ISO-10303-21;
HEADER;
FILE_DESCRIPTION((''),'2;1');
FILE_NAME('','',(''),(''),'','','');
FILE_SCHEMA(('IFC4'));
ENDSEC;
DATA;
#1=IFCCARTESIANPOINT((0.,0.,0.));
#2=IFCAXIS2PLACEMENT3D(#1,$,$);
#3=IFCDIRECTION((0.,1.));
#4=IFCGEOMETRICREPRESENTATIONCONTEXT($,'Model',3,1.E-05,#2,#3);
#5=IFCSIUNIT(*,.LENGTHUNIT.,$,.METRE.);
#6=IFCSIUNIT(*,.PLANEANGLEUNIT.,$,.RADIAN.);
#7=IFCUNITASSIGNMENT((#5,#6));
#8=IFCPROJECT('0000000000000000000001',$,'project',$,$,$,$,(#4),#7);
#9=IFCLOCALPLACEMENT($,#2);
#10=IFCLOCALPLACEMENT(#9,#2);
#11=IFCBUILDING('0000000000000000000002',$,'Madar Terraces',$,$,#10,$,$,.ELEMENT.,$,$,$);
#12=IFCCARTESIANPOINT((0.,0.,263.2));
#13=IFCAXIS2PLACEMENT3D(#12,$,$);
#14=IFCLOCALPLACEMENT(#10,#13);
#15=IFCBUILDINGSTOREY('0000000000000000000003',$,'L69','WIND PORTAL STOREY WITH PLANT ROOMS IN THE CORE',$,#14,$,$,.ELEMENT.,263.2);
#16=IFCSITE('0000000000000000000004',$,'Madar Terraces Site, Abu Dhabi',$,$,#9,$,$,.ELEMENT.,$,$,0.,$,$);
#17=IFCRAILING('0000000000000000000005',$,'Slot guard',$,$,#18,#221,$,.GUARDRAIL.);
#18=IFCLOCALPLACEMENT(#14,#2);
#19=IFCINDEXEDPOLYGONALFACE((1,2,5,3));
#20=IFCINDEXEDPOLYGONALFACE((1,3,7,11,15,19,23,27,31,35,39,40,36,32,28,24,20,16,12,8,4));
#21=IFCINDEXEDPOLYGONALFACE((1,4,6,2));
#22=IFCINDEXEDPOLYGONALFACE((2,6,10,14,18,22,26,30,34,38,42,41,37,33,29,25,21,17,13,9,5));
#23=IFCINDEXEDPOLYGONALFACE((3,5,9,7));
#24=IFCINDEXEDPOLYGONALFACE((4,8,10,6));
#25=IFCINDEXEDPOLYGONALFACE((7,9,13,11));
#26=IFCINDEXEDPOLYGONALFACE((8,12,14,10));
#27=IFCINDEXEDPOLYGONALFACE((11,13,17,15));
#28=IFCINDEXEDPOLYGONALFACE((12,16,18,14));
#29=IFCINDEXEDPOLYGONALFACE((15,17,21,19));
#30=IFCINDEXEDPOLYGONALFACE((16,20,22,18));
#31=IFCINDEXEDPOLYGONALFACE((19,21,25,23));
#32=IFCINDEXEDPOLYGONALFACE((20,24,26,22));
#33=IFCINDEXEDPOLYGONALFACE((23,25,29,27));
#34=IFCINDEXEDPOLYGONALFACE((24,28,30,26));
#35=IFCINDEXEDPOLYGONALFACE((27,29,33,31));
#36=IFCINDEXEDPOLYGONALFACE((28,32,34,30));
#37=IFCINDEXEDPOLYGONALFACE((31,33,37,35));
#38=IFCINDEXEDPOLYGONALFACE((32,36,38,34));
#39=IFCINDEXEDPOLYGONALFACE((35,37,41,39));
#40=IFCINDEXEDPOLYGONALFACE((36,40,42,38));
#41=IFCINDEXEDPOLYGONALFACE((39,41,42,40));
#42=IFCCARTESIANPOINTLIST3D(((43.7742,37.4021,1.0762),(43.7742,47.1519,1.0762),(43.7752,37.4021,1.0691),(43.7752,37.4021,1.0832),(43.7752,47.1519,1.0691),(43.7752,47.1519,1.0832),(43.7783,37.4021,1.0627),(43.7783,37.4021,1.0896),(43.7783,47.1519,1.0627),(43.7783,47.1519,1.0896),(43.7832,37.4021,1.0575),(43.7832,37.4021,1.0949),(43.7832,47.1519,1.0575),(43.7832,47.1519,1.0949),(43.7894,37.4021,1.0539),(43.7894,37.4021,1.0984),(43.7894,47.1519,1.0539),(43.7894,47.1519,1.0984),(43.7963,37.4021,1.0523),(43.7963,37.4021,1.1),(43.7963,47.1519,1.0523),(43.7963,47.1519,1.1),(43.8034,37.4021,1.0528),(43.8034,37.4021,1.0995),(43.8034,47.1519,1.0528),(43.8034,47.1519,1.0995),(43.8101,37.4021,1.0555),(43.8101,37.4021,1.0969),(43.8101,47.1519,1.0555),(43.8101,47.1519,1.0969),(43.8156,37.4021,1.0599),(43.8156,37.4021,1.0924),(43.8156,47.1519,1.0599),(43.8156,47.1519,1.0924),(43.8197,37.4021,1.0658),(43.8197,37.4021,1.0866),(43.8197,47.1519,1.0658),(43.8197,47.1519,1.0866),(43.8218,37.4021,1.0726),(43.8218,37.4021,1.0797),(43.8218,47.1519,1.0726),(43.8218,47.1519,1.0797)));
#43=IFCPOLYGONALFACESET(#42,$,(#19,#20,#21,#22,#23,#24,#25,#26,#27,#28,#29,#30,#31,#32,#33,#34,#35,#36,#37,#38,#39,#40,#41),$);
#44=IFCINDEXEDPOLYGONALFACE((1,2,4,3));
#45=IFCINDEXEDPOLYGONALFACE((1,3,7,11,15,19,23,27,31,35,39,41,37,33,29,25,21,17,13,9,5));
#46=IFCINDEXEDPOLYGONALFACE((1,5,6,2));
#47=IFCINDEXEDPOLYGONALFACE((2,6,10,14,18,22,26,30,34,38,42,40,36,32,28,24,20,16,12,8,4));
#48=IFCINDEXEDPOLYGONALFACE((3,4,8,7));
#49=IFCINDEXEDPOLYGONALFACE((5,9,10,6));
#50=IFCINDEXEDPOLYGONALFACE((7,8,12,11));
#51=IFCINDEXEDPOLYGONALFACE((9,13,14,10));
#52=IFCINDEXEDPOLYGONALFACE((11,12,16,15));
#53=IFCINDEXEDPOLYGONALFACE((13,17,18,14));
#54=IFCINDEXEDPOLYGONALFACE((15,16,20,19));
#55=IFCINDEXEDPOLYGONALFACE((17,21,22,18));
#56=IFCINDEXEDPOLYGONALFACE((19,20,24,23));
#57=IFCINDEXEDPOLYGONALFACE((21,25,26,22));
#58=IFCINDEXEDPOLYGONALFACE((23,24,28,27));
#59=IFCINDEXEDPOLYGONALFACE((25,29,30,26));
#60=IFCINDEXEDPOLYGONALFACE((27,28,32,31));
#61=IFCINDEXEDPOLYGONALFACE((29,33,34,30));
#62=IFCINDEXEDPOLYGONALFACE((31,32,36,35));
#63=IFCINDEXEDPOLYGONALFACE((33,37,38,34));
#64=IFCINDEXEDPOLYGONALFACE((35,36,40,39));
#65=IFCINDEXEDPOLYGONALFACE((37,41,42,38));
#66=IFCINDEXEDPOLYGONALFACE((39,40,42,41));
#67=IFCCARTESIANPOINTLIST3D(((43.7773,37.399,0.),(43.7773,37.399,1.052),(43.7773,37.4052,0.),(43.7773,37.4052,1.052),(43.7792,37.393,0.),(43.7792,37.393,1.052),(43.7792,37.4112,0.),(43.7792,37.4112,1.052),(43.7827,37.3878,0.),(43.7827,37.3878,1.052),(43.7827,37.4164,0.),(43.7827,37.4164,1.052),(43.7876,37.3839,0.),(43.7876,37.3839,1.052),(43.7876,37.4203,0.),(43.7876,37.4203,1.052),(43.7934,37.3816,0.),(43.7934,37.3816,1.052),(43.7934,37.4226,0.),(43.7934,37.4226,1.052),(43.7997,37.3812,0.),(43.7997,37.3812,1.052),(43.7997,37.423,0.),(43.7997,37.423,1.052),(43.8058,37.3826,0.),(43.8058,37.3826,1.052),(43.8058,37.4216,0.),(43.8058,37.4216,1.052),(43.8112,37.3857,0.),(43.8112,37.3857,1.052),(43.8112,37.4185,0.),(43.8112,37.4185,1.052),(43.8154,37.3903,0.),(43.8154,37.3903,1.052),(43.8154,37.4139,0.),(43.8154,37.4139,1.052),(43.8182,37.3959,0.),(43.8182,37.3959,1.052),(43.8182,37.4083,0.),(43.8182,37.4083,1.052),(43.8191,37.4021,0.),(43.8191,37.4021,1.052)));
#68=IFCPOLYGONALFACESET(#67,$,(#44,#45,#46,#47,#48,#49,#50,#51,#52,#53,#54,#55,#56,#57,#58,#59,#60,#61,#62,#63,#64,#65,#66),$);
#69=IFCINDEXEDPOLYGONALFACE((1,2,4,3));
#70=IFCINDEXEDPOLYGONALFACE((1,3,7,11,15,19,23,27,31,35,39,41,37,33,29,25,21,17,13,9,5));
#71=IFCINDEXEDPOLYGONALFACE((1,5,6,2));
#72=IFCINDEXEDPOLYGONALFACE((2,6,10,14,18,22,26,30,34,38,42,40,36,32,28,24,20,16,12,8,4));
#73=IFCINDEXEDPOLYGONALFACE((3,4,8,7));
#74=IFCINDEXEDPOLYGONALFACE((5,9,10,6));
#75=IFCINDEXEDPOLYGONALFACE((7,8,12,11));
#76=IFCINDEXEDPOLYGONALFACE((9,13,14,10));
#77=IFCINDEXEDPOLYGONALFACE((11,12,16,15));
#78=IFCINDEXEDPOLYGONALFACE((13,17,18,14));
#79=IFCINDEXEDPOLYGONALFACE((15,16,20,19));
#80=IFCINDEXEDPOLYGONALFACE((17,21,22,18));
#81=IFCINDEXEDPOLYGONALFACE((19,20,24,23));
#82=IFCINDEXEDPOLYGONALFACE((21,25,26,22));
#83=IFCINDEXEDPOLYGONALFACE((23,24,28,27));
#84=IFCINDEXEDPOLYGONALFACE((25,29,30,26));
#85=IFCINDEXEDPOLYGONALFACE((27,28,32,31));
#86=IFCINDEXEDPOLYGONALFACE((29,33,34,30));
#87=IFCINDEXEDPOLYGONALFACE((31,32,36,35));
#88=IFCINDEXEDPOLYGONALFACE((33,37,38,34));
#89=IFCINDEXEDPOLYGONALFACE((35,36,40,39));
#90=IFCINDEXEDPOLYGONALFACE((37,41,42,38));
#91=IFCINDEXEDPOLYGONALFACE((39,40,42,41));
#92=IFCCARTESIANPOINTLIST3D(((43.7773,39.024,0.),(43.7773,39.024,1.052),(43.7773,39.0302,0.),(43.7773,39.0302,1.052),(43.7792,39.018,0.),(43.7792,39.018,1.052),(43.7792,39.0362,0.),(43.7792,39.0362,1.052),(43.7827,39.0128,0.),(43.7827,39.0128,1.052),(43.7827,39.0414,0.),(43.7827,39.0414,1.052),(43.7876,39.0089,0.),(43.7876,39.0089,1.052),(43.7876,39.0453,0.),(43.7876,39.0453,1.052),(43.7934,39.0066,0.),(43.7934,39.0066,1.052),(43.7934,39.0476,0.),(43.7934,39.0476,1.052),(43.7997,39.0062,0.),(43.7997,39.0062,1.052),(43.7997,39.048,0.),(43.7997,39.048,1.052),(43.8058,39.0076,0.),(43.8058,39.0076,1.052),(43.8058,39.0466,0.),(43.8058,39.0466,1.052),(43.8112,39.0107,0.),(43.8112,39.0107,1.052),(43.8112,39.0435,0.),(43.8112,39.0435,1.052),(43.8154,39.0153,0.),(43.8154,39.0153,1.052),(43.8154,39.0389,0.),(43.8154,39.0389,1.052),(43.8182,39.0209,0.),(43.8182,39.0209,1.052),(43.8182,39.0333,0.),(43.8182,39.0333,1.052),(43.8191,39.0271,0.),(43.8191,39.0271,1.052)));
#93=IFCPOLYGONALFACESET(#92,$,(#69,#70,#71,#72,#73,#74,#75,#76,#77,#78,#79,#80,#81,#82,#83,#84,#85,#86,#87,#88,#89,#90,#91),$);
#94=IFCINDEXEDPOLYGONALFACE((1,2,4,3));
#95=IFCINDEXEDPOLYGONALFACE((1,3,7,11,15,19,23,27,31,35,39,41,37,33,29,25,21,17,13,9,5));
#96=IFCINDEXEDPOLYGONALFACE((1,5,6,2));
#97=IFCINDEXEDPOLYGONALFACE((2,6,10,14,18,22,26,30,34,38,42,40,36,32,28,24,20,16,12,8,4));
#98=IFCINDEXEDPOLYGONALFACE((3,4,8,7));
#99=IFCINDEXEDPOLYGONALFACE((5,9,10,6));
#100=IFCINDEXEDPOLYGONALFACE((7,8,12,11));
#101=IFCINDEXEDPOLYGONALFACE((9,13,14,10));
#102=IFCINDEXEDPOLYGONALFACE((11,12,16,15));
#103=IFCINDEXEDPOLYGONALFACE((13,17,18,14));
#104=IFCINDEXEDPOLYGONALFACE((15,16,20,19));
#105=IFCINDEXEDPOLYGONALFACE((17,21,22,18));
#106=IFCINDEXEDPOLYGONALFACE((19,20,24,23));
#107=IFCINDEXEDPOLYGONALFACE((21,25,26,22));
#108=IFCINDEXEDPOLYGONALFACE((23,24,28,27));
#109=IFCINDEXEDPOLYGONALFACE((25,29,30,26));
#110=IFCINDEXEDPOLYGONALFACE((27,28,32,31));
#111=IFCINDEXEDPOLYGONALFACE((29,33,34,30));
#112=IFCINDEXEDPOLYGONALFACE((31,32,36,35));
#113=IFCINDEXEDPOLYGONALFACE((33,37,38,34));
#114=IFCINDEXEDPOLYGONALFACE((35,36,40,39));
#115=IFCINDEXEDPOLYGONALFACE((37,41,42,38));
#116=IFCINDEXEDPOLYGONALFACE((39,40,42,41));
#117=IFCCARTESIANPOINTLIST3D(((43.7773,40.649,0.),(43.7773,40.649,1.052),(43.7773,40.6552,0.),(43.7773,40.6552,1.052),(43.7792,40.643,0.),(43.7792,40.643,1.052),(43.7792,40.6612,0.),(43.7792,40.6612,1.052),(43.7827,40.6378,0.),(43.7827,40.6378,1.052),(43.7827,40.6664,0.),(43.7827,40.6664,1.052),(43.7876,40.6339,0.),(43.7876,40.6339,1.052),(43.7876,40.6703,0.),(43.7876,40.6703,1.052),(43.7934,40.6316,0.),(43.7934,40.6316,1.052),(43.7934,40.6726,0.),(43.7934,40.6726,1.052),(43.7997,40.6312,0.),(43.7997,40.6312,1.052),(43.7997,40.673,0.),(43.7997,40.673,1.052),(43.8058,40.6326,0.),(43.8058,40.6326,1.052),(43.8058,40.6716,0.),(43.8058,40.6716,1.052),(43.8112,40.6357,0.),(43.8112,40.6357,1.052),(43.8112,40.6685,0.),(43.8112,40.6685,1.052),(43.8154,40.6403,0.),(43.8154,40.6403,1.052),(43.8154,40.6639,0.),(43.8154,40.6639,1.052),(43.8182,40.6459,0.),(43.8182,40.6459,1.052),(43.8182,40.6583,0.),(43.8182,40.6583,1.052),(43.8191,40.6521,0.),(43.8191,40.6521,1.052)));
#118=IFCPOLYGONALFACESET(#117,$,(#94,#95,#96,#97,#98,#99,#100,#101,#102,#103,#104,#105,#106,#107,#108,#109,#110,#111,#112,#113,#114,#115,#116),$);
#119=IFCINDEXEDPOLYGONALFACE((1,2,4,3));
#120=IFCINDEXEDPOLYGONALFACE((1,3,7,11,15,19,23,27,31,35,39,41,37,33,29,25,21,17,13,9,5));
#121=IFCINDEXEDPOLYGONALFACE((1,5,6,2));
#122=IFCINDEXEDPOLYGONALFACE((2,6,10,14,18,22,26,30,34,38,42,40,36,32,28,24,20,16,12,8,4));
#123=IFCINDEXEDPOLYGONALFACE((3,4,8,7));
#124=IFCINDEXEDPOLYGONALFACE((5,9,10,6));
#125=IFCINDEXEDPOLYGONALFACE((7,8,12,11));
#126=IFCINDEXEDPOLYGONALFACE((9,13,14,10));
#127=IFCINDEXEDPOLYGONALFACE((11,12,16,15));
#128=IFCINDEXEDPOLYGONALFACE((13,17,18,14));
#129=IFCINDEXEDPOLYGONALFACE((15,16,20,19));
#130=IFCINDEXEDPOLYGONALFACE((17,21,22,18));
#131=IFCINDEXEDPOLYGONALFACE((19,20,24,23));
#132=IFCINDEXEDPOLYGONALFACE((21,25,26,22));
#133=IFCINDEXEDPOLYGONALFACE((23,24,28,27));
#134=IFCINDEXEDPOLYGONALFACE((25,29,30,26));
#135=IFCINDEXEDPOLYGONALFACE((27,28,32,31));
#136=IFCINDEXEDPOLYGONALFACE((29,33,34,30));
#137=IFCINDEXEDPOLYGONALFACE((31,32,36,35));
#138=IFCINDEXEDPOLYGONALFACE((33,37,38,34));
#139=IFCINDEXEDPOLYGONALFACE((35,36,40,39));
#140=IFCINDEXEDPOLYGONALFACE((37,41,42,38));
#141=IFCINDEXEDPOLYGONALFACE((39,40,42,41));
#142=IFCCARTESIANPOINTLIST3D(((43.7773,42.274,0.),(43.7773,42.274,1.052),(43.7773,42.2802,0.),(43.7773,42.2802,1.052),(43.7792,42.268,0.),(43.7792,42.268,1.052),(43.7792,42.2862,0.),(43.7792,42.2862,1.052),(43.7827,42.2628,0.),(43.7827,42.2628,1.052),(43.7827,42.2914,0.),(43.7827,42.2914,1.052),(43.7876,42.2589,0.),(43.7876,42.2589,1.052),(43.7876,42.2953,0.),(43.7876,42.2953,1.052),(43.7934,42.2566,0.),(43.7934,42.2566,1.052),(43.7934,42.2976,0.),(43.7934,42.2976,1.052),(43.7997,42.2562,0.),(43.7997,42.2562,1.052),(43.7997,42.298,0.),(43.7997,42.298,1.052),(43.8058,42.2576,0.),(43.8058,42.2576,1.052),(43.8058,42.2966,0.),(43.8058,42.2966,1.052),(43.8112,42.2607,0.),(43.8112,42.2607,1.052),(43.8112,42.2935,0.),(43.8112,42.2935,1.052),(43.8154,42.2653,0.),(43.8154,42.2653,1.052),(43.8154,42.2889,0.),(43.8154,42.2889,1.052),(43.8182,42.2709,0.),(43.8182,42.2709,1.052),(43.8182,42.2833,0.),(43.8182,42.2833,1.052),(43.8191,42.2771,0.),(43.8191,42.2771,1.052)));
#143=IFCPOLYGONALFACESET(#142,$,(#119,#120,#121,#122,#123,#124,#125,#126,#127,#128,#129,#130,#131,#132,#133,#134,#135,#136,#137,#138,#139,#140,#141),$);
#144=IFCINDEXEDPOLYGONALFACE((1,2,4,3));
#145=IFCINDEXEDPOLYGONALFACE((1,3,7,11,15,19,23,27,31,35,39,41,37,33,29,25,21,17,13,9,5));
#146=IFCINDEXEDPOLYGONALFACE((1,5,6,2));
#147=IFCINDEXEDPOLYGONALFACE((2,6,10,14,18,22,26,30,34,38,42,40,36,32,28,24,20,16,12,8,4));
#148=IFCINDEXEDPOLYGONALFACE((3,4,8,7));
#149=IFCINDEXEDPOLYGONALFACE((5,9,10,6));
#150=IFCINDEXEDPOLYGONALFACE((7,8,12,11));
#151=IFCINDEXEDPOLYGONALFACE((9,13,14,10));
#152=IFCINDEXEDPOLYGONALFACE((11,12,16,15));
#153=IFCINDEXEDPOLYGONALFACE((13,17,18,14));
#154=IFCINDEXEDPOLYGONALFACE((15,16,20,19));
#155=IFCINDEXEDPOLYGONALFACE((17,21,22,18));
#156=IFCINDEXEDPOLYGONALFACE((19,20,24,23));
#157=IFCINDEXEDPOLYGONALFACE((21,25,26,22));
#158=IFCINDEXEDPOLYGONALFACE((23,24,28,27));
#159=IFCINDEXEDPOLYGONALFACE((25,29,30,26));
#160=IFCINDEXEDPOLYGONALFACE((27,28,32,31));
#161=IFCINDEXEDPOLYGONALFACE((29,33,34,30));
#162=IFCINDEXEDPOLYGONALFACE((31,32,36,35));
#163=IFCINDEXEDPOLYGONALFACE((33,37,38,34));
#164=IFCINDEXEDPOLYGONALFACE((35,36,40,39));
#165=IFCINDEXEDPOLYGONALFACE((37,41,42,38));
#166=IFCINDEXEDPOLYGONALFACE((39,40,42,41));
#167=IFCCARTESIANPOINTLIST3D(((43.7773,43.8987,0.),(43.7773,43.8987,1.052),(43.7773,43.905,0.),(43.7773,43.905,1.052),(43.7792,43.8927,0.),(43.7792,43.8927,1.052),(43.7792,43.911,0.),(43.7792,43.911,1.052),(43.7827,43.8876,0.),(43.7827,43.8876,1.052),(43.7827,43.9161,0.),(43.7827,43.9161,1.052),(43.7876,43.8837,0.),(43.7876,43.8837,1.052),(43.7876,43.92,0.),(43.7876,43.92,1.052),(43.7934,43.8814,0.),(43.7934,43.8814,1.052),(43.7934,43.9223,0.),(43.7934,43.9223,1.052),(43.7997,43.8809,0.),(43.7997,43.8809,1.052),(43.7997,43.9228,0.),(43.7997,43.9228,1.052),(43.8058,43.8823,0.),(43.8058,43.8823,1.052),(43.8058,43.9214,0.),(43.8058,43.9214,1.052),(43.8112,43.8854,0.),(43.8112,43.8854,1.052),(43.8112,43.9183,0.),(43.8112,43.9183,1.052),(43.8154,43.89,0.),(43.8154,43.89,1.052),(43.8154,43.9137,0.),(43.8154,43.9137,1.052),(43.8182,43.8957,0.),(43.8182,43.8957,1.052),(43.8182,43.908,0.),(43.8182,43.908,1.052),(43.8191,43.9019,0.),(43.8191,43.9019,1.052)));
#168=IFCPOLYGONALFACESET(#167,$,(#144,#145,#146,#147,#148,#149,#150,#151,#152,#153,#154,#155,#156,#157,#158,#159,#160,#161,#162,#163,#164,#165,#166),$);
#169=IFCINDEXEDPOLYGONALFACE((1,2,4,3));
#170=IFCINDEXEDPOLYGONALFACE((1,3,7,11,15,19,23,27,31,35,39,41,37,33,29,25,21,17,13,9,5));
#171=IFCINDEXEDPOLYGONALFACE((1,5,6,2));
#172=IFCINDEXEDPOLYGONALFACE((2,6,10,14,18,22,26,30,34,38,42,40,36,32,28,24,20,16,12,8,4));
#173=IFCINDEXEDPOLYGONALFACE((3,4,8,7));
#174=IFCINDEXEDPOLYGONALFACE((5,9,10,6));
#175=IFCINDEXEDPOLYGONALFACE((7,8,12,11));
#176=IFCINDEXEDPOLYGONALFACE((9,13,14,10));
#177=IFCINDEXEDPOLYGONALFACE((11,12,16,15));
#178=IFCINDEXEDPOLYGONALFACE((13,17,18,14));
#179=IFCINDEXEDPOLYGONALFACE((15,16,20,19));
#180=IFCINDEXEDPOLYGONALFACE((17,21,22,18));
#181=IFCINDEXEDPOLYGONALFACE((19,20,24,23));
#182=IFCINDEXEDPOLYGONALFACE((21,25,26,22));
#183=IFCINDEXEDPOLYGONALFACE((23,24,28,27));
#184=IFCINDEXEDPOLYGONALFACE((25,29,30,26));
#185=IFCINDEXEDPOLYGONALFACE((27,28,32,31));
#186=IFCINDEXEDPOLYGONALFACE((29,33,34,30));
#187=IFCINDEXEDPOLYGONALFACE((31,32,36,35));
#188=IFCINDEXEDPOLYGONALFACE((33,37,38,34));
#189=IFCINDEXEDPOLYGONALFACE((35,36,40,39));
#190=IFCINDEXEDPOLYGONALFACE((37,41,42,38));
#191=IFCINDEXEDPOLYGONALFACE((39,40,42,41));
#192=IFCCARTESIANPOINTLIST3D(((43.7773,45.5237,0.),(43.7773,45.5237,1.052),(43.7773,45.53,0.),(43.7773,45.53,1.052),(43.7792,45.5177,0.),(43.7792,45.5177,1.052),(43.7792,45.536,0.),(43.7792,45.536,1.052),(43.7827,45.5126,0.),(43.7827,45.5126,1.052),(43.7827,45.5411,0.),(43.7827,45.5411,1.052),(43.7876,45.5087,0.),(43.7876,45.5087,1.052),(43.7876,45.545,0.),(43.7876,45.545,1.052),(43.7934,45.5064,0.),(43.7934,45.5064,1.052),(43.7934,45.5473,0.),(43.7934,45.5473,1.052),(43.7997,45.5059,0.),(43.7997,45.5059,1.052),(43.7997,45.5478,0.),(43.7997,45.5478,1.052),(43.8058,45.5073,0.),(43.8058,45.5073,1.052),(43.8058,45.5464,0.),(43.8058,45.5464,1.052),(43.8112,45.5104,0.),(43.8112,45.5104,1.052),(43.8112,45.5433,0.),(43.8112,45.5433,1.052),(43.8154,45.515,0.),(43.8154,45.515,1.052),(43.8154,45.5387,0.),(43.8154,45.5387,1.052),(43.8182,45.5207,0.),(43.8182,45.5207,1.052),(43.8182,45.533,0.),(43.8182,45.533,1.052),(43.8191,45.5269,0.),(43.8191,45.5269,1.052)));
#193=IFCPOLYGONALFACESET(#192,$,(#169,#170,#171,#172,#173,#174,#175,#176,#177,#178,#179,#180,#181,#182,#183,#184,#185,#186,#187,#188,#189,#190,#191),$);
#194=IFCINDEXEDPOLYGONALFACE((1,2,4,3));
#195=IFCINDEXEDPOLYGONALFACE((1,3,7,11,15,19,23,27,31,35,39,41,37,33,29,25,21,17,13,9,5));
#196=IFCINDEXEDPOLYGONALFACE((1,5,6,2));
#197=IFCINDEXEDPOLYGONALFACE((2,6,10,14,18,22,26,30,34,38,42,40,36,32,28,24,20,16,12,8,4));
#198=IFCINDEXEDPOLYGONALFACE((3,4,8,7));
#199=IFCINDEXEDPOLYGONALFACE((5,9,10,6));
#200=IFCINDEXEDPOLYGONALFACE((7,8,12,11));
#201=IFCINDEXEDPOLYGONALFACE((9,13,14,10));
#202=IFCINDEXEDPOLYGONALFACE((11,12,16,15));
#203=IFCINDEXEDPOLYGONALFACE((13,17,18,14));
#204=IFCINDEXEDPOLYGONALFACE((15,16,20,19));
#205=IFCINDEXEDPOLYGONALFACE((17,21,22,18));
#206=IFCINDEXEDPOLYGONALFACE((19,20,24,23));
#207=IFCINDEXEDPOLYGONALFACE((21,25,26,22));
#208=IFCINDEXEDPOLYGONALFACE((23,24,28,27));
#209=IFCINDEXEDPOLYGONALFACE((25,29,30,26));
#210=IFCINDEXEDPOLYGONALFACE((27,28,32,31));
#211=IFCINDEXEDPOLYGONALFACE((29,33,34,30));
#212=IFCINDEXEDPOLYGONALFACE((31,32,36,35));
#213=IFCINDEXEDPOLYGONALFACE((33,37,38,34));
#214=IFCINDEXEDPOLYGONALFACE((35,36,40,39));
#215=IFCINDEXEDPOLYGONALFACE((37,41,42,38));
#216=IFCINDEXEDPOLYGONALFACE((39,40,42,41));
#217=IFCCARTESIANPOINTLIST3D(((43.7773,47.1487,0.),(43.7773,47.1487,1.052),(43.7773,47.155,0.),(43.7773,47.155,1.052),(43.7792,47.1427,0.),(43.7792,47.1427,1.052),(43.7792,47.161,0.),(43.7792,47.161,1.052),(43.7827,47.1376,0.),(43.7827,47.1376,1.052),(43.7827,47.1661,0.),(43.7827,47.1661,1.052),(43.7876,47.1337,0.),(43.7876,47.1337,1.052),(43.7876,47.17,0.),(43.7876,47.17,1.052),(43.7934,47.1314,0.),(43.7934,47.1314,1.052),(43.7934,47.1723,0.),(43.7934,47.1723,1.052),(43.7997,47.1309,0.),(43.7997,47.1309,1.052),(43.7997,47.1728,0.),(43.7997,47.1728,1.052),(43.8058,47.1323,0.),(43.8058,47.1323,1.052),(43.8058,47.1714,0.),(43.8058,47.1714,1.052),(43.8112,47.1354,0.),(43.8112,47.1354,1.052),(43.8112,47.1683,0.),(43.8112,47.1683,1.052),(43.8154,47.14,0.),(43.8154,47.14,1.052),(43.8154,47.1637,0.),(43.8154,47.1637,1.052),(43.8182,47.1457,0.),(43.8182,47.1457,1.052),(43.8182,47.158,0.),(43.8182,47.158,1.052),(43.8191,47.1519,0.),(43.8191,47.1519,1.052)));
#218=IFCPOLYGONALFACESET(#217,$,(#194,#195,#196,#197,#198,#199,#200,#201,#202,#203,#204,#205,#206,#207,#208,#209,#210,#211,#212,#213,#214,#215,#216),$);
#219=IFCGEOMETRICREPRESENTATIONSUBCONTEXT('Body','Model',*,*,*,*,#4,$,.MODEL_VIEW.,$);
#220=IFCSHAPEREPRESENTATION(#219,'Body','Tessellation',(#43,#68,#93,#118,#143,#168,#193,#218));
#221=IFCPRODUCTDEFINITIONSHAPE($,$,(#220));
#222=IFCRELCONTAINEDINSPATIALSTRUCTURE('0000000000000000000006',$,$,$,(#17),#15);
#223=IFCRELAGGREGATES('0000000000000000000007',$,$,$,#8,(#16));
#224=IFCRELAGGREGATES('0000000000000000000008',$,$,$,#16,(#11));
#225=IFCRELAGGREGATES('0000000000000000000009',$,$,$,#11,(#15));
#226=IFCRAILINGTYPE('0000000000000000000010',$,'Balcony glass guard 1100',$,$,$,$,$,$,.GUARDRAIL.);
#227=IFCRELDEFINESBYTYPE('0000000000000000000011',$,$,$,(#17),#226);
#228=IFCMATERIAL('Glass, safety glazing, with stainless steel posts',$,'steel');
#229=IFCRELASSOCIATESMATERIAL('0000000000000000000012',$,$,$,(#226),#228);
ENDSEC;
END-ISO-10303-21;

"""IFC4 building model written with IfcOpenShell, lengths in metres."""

from ifc_helpers import new_model, si_unit, direction, frame, origin, origin_2d, place, context, subcontext, project, spatial, circle, extrude, material, type_object, element, save


model = new_model("IFC4")

# Units and contexts
model_context = context("Model", 3, precision=1e-05, world=origin(), true_north=direction((0.0, 1.0)))
body_context = subcontext(model_context, "Body", "Model", "MODEL_VIEW")
ifc_project = project(units=[si_unit("LENGTHUNIT", "METRE"), si_unit("PLANEANGLEUNIT", "RADIAN")], contexts=[model_context])

# Site, building, storey
site_placement = place(None, origin())
site = spatial("IfcSite", under=ifc_project, at=site_placement, Name="Madar Terraces Site, Abu Dhabi", CompositionType="ELEMENT", RefElevation=0.0)
building_placement = place(site_placement, origin())
building = spatial("IfcBuilding", under=site, at=building_placement, Name="Madar Terraces", CompositionType="ELEMENT")
storey_placement = place(building_placement, frame((0.0, 0.0, 263.2)))
storey = spatial("IfcBuildingStorey", under=building, at=storey_placement, Name="L69", Description="WIND PORTAL STOREY WITH PLANT ROOMS IN THE CORE", CompositionType="ELEMENT", Elevation=263.2)

# Railing
ifc_material_1 = material(Name="Glass, safety glazing, with stainless steel posts", Category="steel")
railing_type = type_object("IfcRailingType", Name="Balcony glass guard 1100", PredefinedType="GUARDRAIL", material=ifc_material_1)
railing_placement = place(storey_placement, frame((43.7981, 37.4021, 0.0)))
element("IfcRailing", 1, at=railing_placement, inside=storey, type_object=railing_type, Name="Slot guard", PredefinedType="GUARDRAIL", context=body_context, shape_type="SweptSolid", body=[
    extrude(circle(Radius=0.0239, at=origin_2d()), frame((0.0, 0.0, 1.0762), z_axis=(0.0, 1.0, 0.0), x_axis=(-1.0, 0.0, 0.0)), (0.0, 0.0, 1.0), 9.7498),
    extrude(circle(Radius=0.021, at=origin_2d()), origin(), (0.0, 0.0, 1.0), 1.052),
    extrude(circle(Radius=0.021, at=origin_2d()), frame((0.0, 1.625, 0.0)), (0.0, 0.0, 1.0), 1.052),
    extrude(circle(Radius=0.021, at=origin_2d()), frame((0.0, 3.25, 0.0)), (0.0, 0.0, 1.0), 1.052),
    extrude(circle(Radius=0.021, at=origin_2d()), frame((0.0, 4.875, 0.0)), (0.0, 0.0, 1.0), 1.052),
    extrude(circle(Radius=0.021, at=origin_2d()), frame((0.0, 6.4998, 0.0)), (0.0, 0.0, 1.0), 1.052),
    extrude(circle(Radius=0.021, at=origin_2d()), frame((0.0, 8.1248, 0.0)), (0.0, 0.0, 1.0), 1.052),
    extrude(circle(Radius=0.021, at=origin_2d()), frame((0.0, 9.7498, 0.0)), (0.0, 0.0, 1.0), 1.052),
])

save(model, "model.ifc")
